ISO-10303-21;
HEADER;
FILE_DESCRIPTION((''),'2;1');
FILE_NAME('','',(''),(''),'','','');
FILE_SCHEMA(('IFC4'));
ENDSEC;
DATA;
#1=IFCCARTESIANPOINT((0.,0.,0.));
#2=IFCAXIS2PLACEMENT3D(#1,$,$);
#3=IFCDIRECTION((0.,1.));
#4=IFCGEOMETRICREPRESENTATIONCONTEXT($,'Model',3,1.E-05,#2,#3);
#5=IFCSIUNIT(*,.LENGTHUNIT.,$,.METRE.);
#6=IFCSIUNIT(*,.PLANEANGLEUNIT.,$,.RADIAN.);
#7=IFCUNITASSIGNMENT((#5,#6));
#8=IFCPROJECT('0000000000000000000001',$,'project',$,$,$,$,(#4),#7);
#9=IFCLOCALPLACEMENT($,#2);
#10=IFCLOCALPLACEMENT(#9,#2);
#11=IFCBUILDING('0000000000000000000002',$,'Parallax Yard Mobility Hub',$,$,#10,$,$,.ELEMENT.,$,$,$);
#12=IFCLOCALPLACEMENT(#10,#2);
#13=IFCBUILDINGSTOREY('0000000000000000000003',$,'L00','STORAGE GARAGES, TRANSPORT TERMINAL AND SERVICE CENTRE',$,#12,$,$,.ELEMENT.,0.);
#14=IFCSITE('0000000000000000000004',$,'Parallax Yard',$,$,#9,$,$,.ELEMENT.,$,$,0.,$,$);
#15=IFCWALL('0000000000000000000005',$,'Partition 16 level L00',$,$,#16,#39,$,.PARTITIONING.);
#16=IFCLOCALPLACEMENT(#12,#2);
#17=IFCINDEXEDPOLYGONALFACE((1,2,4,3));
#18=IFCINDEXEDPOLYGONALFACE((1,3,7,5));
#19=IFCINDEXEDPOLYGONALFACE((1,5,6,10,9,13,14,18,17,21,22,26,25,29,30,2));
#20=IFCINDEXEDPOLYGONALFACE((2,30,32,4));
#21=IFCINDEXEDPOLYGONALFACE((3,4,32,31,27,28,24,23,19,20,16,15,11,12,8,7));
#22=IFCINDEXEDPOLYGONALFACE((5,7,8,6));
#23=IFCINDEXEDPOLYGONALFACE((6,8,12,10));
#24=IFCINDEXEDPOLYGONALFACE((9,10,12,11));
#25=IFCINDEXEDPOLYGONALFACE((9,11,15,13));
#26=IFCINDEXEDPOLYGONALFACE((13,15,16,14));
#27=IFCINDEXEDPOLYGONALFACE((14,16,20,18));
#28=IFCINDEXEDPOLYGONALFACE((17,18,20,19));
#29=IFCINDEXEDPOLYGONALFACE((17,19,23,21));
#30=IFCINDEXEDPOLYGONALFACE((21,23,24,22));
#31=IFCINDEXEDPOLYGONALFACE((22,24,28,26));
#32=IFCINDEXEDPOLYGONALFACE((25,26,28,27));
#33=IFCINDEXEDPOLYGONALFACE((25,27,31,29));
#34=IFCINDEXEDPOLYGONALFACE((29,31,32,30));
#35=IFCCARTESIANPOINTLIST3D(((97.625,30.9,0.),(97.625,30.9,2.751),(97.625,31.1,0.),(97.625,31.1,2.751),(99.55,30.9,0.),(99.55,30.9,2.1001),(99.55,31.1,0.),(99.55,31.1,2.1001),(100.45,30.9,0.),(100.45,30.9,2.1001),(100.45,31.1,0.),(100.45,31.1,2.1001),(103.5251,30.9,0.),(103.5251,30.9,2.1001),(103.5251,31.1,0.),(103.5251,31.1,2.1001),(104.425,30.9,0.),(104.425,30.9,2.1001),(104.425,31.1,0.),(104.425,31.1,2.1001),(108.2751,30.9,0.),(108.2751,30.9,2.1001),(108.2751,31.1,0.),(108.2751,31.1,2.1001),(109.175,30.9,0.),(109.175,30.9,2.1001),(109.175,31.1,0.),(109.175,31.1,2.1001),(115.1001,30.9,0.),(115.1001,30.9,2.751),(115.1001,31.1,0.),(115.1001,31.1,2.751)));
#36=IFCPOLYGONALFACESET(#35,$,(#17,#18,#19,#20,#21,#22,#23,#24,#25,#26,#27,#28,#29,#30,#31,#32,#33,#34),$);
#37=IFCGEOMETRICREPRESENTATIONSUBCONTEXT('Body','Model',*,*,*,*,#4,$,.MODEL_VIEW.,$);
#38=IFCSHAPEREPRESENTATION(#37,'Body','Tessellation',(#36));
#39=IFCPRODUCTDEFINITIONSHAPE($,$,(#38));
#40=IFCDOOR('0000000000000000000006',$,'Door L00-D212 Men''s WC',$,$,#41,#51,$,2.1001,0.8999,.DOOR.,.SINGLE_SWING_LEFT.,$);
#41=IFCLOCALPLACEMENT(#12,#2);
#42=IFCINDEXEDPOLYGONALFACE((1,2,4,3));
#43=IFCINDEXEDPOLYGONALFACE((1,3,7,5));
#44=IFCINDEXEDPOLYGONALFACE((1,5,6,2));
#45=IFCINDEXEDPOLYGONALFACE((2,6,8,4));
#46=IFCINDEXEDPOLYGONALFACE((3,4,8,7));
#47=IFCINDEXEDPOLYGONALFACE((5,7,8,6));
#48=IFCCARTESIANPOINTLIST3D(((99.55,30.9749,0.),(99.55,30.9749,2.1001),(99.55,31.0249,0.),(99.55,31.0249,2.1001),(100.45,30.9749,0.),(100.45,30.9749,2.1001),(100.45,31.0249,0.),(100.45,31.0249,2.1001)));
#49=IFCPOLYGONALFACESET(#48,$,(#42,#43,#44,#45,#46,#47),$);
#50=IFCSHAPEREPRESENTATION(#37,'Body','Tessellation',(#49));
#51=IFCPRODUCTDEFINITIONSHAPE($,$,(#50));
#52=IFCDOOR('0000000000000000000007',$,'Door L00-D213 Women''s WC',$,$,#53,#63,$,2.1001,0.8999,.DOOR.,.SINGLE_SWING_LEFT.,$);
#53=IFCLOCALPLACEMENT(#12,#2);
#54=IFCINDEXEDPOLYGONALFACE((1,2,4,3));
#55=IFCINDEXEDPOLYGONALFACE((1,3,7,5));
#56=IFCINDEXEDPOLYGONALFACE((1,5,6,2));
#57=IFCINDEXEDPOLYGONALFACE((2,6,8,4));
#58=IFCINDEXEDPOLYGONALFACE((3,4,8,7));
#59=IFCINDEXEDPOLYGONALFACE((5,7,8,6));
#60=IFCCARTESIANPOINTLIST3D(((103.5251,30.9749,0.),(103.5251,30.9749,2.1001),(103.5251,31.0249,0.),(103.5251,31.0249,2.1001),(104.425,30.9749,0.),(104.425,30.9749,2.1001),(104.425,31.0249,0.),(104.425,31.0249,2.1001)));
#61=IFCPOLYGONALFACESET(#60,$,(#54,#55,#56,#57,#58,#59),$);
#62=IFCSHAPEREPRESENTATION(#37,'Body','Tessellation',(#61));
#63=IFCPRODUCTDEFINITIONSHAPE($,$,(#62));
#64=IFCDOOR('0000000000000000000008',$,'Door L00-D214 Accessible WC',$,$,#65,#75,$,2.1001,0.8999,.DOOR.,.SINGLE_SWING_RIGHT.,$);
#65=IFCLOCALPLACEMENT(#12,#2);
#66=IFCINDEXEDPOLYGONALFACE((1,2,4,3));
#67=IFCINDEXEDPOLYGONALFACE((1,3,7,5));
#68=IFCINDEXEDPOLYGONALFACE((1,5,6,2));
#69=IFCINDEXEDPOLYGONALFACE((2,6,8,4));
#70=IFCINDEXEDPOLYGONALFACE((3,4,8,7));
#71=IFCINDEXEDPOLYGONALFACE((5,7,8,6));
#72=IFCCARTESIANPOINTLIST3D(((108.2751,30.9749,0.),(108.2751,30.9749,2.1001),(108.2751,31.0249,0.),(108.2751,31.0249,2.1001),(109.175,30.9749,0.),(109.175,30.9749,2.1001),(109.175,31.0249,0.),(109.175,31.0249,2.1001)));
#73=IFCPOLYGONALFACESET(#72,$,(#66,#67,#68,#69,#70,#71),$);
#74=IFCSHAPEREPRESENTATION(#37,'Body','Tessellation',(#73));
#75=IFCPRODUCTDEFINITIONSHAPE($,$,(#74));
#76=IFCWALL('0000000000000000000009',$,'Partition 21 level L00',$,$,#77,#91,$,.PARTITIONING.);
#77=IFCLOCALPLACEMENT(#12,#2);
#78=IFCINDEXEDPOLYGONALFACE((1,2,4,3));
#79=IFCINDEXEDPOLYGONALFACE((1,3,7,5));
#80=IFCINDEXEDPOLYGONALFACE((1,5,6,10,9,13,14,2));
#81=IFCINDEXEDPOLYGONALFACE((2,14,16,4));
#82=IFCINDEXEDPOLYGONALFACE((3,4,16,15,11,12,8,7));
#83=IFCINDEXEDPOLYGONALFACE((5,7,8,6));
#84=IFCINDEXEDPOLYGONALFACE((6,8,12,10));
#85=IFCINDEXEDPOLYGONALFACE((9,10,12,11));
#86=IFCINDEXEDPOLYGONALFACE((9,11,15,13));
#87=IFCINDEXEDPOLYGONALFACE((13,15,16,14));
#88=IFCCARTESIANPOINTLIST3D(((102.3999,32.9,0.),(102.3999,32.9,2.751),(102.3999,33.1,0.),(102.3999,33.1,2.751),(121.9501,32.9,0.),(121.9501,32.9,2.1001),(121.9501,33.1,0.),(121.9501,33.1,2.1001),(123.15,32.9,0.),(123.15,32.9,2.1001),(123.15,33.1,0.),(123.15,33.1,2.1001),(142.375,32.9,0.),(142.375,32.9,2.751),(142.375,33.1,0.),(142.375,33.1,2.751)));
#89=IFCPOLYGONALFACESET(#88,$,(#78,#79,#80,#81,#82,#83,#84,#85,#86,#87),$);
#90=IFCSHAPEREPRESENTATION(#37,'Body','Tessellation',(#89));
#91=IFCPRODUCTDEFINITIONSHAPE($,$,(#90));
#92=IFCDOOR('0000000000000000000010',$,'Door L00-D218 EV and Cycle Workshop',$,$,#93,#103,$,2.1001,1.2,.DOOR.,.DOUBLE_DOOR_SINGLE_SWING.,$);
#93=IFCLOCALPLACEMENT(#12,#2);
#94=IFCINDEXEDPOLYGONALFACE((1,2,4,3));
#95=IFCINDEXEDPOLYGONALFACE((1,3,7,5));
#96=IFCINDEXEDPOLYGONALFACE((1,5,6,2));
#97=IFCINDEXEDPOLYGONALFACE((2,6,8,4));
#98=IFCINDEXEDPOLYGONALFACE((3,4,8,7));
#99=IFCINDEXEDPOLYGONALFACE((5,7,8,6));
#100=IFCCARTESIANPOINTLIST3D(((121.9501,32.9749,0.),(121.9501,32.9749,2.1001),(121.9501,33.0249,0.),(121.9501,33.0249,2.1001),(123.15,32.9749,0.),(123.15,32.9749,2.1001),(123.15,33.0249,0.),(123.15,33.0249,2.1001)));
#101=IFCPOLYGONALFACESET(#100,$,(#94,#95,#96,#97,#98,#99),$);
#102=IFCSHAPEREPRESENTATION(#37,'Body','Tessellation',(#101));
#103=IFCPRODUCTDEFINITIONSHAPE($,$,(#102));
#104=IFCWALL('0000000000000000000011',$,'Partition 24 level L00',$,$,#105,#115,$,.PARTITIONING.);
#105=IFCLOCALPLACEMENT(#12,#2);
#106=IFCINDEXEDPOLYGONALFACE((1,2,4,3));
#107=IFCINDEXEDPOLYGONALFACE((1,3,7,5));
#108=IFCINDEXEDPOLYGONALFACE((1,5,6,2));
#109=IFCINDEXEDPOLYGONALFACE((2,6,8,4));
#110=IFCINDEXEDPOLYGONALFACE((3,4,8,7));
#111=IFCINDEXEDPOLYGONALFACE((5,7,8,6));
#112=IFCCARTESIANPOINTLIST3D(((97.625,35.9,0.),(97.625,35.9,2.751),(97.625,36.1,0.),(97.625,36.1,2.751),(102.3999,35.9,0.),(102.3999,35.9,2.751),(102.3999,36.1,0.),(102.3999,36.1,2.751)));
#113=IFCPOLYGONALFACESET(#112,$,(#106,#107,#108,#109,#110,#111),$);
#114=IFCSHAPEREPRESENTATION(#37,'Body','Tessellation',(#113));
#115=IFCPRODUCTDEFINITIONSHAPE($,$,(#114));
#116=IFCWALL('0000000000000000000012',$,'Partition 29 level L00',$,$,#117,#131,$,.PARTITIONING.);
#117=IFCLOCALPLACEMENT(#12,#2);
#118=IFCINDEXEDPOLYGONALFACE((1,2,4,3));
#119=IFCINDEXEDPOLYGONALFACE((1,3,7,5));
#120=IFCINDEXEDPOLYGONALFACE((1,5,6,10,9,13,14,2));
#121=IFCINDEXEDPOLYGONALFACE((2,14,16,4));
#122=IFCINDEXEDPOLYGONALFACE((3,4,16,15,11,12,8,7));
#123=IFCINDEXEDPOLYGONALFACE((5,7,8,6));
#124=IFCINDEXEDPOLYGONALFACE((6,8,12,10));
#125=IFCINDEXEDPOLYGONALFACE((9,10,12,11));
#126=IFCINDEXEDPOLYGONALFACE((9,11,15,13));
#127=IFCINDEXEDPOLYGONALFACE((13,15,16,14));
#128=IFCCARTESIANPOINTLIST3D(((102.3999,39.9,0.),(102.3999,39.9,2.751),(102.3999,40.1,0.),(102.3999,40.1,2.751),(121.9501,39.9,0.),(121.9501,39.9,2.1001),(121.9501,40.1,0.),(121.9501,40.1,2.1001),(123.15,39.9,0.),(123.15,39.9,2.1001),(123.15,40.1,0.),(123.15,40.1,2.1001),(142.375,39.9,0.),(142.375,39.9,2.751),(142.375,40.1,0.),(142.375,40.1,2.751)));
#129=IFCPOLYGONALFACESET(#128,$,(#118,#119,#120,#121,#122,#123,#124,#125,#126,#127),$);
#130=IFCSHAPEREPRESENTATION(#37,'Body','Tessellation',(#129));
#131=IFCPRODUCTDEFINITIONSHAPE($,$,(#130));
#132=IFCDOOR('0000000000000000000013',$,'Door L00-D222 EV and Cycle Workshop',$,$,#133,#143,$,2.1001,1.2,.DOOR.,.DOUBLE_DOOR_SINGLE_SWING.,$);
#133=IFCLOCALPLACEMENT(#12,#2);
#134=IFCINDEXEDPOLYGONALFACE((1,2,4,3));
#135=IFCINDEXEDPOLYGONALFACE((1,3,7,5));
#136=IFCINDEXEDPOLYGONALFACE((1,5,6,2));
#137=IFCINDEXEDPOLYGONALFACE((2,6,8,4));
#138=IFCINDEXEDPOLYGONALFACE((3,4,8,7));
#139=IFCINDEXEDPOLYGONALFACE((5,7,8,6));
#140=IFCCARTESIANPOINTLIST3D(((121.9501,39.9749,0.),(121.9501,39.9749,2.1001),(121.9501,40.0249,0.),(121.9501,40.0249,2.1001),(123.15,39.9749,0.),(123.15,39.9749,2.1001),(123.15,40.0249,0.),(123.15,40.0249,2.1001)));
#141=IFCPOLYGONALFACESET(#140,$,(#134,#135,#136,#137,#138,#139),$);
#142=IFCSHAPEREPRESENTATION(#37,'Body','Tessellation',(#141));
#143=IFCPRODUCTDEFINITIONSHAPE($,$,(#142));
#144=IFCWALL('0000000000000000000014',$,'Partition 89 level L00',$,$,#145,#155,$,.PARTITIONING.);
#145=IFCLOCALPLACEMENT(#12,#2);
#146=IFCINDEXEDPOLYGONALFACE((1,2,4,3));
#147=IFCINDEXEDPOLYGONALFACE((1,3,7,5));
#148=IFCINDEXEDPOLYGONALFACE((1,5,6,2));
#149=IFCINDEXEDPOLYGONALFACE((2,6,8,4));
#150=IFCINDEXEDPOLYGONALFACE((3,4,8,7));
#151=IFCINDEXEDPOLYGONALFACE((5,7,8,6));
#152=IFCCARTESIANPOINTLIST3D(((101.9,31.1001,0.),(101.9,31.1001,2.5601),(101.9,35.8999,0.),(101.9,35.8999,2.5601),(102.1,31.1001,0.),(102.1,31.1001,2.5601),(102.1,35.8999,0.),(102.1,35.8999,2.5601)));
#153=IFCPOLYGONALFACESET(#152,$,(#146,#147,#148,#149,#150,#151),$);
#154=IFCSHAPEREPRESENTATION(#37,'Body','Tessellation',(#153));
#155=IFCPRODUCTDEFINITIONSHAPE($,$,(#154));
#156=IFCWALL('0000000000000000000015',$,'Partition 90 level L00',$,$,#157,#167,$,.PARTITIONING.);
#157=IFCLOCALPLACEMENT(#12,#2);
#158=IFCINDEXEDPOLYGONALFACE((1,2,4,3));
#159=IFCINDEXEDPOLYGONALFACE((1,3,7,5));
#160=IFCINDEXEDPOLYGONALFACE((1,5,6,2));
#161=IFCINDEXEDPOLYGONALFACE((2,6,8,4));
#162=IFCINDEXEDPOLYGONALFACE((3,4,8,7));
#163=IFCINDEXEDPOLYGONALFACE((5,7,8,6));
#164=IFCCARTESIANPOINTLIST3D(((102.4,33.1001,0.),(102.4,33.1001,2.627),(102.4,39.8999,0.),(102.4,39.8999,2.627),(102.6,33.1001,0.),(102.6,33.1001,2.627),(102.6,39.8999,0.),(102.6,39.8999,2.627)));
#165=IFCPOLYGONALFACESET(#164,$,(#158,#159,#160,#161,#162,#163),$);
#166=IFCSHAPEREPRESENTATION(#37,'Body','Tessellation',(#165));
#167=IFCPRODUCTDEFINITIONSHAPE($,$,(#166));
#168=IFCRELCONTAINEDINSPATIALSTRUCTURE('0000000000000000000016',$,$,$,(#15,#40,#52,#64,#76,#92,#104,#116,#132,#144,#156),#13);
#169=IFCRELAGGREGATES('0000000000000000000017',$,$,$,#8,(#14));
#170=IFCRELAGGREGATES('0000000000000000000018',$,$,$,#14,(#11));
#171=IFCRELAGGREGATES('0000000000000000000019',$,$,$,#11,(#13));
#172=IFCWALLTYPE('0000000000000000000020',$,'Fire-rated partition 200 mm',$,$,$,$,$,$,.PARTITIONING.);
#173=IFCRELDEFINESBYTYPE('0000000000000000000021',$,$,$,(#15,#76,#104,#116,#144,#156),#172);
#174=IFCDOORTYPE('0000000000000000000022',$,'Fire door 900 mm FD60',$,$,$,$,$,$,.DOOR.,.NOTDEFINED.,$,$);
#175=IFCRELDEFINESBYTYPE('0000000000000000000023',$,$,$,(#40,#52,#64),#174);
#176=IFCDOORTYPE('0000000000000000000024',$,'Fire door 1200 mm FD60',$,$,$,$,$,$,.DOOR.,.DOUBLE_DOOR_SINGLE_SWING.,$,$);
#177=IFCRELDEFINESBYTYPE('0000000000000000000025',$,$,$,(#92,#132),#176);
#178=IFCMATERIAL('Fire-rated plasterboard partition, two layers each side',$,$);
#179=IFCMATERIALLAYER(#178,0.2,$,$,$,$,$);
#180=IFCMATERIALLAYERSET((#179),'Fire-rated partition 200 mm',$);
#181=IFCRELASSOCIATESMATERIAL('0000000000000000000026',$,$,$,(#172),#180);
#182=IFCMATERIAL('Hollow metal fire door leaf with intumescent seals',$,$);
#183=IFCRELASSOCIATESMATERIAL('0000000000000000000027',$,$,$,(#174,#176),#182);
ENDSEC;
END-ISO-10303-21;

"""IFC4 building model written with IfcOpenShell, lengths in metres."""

from ifc_helpers import new_model, si_unit, direction, frame, frame_2d, origin, place, context, subcontext, project, spatial, rectangle, extrude, material, layer, layer_set, type_object, element, fill, save


model = new_model("IFC4")

# Units and contexts
model_context = context("Model", 3, precision=1e-05, world=origin(), true_north=direction((0.0, 1.0)))
body_context = subcontext(model_context, "Body", "Model", "MODEL_VIEW")
ifc_project = project(units=[si_unit("LENGTHUNIT", "METRE"), si_unit("PLANEANGLEUNIT", "RADIAN")], contexts=[model_context])

# Site, building, storey
site_placement = place(None, origin())
site = spatial("IfcSite", under=ifc_project, at=site_placement, Name="Parallax Yard", CompositionType="ELEMENT", RefElevation=0.0)
building_placement = place(site_placement, origin())
building = spatial("IfcBuilding", under=site, at=building_placement, Name="Parallax Yard Mobility Hub", CompositionType="ELEMENT")
storey_placement = place(building_placement, origin())
storey = spatial("IfcBuildingStorey", under=building, at=storey_placement, Name="L00", Description="STORAGE GARAGES, TRANSPORT TERMINAL AND SERVICE CENTRE", CompositionType="ELEMENT", Elevation=0.0)

# Wall, openings, doors
ifc_material_1 = material(Name="Fire-rated plasterboard partition, two layers each side")
ifc_layer_1 = layer(ifc_material_1, 0.2)
ifc_layer_set_1 = layer_set([ifc_layer_1], Name="Fire-rated partition 200 mm")
wall_type_1 = type_object("IfcWallType", Name="Fire-rated partition 200 mm", PredefinedType="PARTITIONING", material=ifc_layer_set_1)
wall_1_placement = place(storey_placement, frame((97.625, 31.0, 0.0), z_axis=(0.0, 0.0, 1.0), x_axis=(1.0, 0.0, 0.0)))
wall_1 = element("IfcWall", 1, at=wall_1_placement, inside=storey, type_object=wall_type_1, Name="Partition 16 level L00", PredefinedType="PARTITIONING", context=body_context, shape_type="SweptSolid", body=[
    extrude(rectangle(XDim=17.4751, YDim=0.2, at=frame_2d((8.7375, 0.0))), origin(), (0.0, 0.0, 1.0), 2.751),
])
opening_1_placement = place(wall_1_placement, frame((1.925, 0.0, 0.0)))
opening_1 = element("IfcOpeningElement", 2, at=opening_1_placement, cuts=wall_1, PredefinedType="OPENING", context=body_context, shape_type="SweptSolid", body=[
    extrude(rectangle(XDim=0.8999, YDim=2.1001, at=frame_2d((0.45, 1.05))), frame((0.0, 0.1099, 0.0), z_axis=(0.0, -1.0, 0.0), x_axis=(1.0, 0.0, 0.0)), (0.0, 0.0, 1.0), 0.22),
])
opening_2_placement = place(wall_1_placement, frame((5.9001, 0.0, 0.0)))
opening_2 = element("IfcOpeningElement", 3, at=opening_2_placement, cuts=wall_1, PredefinedType="OPENING", context=body_context, shape_type="SweptSolid", body=[
    extrude(rectangle(XDim=0.8999, YDim=2.1001, at=frame_2d((0.45, 1.05))), frame((0.0, 0.1099, 0.0), z_axis=(0.0, -1.0, 0.0), x_axis=(1.0, 0.0, 0.0)), (0.0, 0.0, 1.0), 0.22),
])
opening_3_placement = place(wall_1_placement, frame((10.6501, 0.0, 0.0)))
opening_3 = element("IfcOpeningElement", 4, at=opening_3_placement, cuts=wall_1, PredefinedType="OPENING", context=body_context, shape_type="SweptSolid", body=[
    extrude(rectangle(XDim=0.8999, YDim=2.1001, at=frame_2d((0.45, 1.05))), frame((0.0, 0.1099, 0.0), z_axis=(0.0, -1.0, 0.0), x_axis=(1.0, 0.0, 0.0)), (0.0, 0.0, 1.0), 0.22),
])
ifc_material_2 = material(Name="Hollow metal fire door leaf with intumescent seals")
door_type_1 = type_object("IfcDoorType", Name="Fire door 900 mm FD60", OperationType="NOTDEFINED", PredefinedType="DOOR", material=ifc_material_2)
door_1_placement = place(opening_1_placement, origin())
door_1 = element("IfcDoor", 5, at=door_1_placement, inside=storey, type_object=door_type_1, Name="Door L00-D212 Men's WC", OperationType="SINGLE_SWING_LEFT", OverallHeight=2.1001, OverallWidth=0.8999, PredefinedType="DOOR", context=body_context, shape_type="SweptSolid", body=[
    extrude(rectangle(XDim=0.8999, YDim=2.1001, at=frame_2d((0.45, 1.05))), frame((0.0, 0.0249, 0.0), z_axis=(0.0, -1.0, 0.0), x_axis=(1.0, 0.0, 0.0)), (0.0, 0.0, 1.0), 0.05),
])
fill(opening_1, door_1)
door_2_placement = place(opening_2_placement, origin())
door_2 = element("IfcDoor", 6, at=door_2_placement, inside=storey, type_object=door_type_1, Name="Door L00-D213 Women's WC", OperationType="SINGLE_SWING_LEFT", OverallHeight=2.1001, OverallWidth=0.8999, PredefinedType="DOOR", context=body_context, shape_type="SweptSolid", body=[
    extrude(rectangle(XDim=0.8999, YDim=2.1001, at=frame_2d((0.45, 1.05))), frame((0.0, 0.0249, 0.0), z_axis=(0.0, -1.0, 0.0), x_axis=(1.0, 0.0, 0.0)), (0.0, 0.0, 1.0), 0.05),
])
fill(opening_2, door_2)
door_3_placement = place(opening_3_placement, origin())
door_3 = element("IfcDoor", 7, at=door_3_placement, inside=storey, type_object=door_type_1, Name="Door L00-D214 Accessible WC", OperationType="SINGLE_SWING_RIGHT", OverallHeight=2.1001, OverallWidth=0.8999, PredefinedType="DOOR", context=body_context, shape_type="SweptSolid", body=[
    extrude(rectangle(XDim=0.8999, YDim=2.1001, at=frame_2d((0.45, 1.05))), frame((0.0, 0.0249, 0.0), z_axis=(0.0, -1.0, 0.0), x_axis=(1.0, 0.0, 0.0)), (0.0, 0.0, 1.0), 0.05),
])
fill(opening_3, door_3)

# Wall, opening, door
wall_2_placement = place(storey_placement, frame((102.3999, 33.0, 0.0), z_axis=(0.0, 0.0, 1.0), x_axis=(1.0, 0.0, 0.0)))
wall_2 = element("IfcWall", 8, at=wall_2_placement, inside=storey, type_object=wall_type_1, Name="Partition 21 level L00", PredefinedType="PARTITIONING", context=body_context, shape_type="SweptSolid", body=[
    extrude(rectangle(XDim=39.9751, YDim=0.2, at=frame_2d((19.9875, 0.0))), origin(), (0.0, 0.0, 1.0), 2.751),
])
opening_4_placement = place(wall_2_placement, frame((19.55, 0.0, 0.0)))
opening_4 = element("IfcOpeningElement", 9, at=opening_4_placement, cuts=wall_2, PredefinedType="OPENING", context=body_context, shape_type="SweptSolid", body=[
    extrude(rectangle(XDim=1.2, YDim=2.1001, at=frame_2d((0.6001, 1.05))), frame((0.0, 0.1099, 0.0), z_axis=(0.0, -1.0, 0.0), x_axis=(1.0, 0.0, 0.0)), (0.0, 0.0, 1.0), 0.22),
])
door_type_2 = type_object("IfcDoorType", Name="Fire door 1200 mm FD60", OperationType="DOUBLE_DOOR_SINGLE_SWING", PredefinedType="DOOR", material=ifc_material_2)
door_4_placement = place(opening_4_placement, origin())
door_4 = element("IfcDoor", 10, at=door_4_placement, inside=storey, type_object=door_type_2, Name="Door L00-D218 EV and Cycle Workshop", OperationType="DOUBLE_DOOR_SINGLE_SWING", OverallHeight=2.1001, OverallWidth=1.2, PredefinedType="DOOR", context=body_context, shape_type="SweptSolid", body=[
    extrude(rectangle(XDim=1.2, YDim=2.1001, at=frame_2d((0.6001, 1.05))), frame((0.0, 0.0249, 0.0), z_axis=(0.0, -1.0, 0.0), x_axis=(1.0, 0.0, 0.0)), (0.0, 0.0, 1.0), 0.05),
])
fill(opening_4, door_4)

# Wall
wall_3_placement = place(storey_placement, frame((97.625, 36.0, 0.0), z_axis=(0.0, 0.0, 1.0), x_axis=(1.0, 0.0, 0.0)))
element("IfcWall", 11, at=wall_3_placement, inside=storey, type_object=wall_type_1, Name="Partition 24 level L00", PredefinedType="PARTITIONING", context=body_context, shape_type="SweptSolid", body=[
    extrude(rectangle(XDim=4.7749, YDim=0.2, at=frame_2d((2.3875, 0.0))), origin(), (0.0, 0.0, 1.0), 2.751),
])

# Wall, opening, door
wall_4_placement = place(storey_placement, frame((102.3999, 40.0, 0.0), z_axis=(0.0, 0.0, 1.0), x_axis=(1.0, 0.0, 0.0)))
wall_4 = element("IfcWall", 12, at=wall_4_placement, inside=storey, type_object=wall_type_1, Name="Partition 29 level L00", PredefinedType="PARTITIONING", context=body_context, shape_type="SweptSolid", body=[
    extrude(rectangle(XDim=39.9751, YDim=0.2, at=frame_2d((19.9875, 0.0))), origin(), (0.0, 0.0, 1.0), 2.751),
])
opening_5_placement = place(wall_4_placement, frame((19.55, 0.0, 0.0)))
opening_5 = element("IfcOpeningElement", 13, at=opening_5_placement, cuts=wall_4, PredefinedType="OPENING", context=body_context, shape_type="SweptSolid", body=[
    extrude(rectangle(XDim=1.2, YDim=2.1001, at=frame_2d((0.6001, 1.05))), frame((0.0, 0.1099, 0.0), z_axis=(0.0, -1.0, 0.0), x_axis=(1.0, 0.0, 0.0)), (0.0, 0.0, 1.0), 0.22),
])
door_5_placement = place(opening_5_placement, origin())
door_5 = element("IfcDoor", 14, at=door_5_placement, inside=storey, type_object=door_type_2, Name="Door L00-D222 EV and Cycle Workshop", OperationType="DOUBLE_DOOR_SINGLE_SWING", OverallHeight=2.1001, OverallWidth=1.2, PredefinedType="DOOR", context=body_context, shape_type="SweptSolid", body=[
    extrude(rectangle(XDim=1.2, YDim=2.1001, at=frame_2d((0.6001, 1.05))), frame((0.0, 0.0249, 0.0), z_axis=(0.0, -1.0, 0.0), x_axis=(1.0, 0.0, 0.0)), (0.0, 0.0, 1.0), 0.05),
])
fill(opening_5, door_5)

# Walls
wall_5_placement = place(storey_placement, frame((102.0, 31.1001, 0.0), z_axis=(0.0, 0.0, 1.0), x_axis=(0.0, 1.0, 0.0)))
element("IfcWall", 15, at=wall_5_placement, inside=storey, type_object=wall_type_1, Name="Partition 89 level L00", PredefinedType="PARTITIONING", context=body_context, shape_type="SweptSolid", body=[
    extrude(rectangle(XDim=4.7998, YDim=0.2, at=frame_2d((2.3999, 0.0))), origin(), (0.0, 0.0, 1.0), 2.5601),
])
wall_6_placement = place(storey_placement, frame((102.5, 33.1001, 0.0), z_axis=(0.0, 0.0, 1.0), x_axis=(0.0, 1.0, 0.0)))
element("IfcWall", 16, at=wall_6_placement, inside=storey, type_object=wall_type_1, Name="Partition 90 level L00", PredefinedType="PARTITIONING", context=body_context, shape_type="SweptSolid", body=[
    extrude(rectangle(XDim=6.7998, YDim=0.2, at=frame_2d((3.3999, 0.0))), origin(), (0.0, 0.0, 1.0), 2.627),
])

save(model, "model.ifc")
